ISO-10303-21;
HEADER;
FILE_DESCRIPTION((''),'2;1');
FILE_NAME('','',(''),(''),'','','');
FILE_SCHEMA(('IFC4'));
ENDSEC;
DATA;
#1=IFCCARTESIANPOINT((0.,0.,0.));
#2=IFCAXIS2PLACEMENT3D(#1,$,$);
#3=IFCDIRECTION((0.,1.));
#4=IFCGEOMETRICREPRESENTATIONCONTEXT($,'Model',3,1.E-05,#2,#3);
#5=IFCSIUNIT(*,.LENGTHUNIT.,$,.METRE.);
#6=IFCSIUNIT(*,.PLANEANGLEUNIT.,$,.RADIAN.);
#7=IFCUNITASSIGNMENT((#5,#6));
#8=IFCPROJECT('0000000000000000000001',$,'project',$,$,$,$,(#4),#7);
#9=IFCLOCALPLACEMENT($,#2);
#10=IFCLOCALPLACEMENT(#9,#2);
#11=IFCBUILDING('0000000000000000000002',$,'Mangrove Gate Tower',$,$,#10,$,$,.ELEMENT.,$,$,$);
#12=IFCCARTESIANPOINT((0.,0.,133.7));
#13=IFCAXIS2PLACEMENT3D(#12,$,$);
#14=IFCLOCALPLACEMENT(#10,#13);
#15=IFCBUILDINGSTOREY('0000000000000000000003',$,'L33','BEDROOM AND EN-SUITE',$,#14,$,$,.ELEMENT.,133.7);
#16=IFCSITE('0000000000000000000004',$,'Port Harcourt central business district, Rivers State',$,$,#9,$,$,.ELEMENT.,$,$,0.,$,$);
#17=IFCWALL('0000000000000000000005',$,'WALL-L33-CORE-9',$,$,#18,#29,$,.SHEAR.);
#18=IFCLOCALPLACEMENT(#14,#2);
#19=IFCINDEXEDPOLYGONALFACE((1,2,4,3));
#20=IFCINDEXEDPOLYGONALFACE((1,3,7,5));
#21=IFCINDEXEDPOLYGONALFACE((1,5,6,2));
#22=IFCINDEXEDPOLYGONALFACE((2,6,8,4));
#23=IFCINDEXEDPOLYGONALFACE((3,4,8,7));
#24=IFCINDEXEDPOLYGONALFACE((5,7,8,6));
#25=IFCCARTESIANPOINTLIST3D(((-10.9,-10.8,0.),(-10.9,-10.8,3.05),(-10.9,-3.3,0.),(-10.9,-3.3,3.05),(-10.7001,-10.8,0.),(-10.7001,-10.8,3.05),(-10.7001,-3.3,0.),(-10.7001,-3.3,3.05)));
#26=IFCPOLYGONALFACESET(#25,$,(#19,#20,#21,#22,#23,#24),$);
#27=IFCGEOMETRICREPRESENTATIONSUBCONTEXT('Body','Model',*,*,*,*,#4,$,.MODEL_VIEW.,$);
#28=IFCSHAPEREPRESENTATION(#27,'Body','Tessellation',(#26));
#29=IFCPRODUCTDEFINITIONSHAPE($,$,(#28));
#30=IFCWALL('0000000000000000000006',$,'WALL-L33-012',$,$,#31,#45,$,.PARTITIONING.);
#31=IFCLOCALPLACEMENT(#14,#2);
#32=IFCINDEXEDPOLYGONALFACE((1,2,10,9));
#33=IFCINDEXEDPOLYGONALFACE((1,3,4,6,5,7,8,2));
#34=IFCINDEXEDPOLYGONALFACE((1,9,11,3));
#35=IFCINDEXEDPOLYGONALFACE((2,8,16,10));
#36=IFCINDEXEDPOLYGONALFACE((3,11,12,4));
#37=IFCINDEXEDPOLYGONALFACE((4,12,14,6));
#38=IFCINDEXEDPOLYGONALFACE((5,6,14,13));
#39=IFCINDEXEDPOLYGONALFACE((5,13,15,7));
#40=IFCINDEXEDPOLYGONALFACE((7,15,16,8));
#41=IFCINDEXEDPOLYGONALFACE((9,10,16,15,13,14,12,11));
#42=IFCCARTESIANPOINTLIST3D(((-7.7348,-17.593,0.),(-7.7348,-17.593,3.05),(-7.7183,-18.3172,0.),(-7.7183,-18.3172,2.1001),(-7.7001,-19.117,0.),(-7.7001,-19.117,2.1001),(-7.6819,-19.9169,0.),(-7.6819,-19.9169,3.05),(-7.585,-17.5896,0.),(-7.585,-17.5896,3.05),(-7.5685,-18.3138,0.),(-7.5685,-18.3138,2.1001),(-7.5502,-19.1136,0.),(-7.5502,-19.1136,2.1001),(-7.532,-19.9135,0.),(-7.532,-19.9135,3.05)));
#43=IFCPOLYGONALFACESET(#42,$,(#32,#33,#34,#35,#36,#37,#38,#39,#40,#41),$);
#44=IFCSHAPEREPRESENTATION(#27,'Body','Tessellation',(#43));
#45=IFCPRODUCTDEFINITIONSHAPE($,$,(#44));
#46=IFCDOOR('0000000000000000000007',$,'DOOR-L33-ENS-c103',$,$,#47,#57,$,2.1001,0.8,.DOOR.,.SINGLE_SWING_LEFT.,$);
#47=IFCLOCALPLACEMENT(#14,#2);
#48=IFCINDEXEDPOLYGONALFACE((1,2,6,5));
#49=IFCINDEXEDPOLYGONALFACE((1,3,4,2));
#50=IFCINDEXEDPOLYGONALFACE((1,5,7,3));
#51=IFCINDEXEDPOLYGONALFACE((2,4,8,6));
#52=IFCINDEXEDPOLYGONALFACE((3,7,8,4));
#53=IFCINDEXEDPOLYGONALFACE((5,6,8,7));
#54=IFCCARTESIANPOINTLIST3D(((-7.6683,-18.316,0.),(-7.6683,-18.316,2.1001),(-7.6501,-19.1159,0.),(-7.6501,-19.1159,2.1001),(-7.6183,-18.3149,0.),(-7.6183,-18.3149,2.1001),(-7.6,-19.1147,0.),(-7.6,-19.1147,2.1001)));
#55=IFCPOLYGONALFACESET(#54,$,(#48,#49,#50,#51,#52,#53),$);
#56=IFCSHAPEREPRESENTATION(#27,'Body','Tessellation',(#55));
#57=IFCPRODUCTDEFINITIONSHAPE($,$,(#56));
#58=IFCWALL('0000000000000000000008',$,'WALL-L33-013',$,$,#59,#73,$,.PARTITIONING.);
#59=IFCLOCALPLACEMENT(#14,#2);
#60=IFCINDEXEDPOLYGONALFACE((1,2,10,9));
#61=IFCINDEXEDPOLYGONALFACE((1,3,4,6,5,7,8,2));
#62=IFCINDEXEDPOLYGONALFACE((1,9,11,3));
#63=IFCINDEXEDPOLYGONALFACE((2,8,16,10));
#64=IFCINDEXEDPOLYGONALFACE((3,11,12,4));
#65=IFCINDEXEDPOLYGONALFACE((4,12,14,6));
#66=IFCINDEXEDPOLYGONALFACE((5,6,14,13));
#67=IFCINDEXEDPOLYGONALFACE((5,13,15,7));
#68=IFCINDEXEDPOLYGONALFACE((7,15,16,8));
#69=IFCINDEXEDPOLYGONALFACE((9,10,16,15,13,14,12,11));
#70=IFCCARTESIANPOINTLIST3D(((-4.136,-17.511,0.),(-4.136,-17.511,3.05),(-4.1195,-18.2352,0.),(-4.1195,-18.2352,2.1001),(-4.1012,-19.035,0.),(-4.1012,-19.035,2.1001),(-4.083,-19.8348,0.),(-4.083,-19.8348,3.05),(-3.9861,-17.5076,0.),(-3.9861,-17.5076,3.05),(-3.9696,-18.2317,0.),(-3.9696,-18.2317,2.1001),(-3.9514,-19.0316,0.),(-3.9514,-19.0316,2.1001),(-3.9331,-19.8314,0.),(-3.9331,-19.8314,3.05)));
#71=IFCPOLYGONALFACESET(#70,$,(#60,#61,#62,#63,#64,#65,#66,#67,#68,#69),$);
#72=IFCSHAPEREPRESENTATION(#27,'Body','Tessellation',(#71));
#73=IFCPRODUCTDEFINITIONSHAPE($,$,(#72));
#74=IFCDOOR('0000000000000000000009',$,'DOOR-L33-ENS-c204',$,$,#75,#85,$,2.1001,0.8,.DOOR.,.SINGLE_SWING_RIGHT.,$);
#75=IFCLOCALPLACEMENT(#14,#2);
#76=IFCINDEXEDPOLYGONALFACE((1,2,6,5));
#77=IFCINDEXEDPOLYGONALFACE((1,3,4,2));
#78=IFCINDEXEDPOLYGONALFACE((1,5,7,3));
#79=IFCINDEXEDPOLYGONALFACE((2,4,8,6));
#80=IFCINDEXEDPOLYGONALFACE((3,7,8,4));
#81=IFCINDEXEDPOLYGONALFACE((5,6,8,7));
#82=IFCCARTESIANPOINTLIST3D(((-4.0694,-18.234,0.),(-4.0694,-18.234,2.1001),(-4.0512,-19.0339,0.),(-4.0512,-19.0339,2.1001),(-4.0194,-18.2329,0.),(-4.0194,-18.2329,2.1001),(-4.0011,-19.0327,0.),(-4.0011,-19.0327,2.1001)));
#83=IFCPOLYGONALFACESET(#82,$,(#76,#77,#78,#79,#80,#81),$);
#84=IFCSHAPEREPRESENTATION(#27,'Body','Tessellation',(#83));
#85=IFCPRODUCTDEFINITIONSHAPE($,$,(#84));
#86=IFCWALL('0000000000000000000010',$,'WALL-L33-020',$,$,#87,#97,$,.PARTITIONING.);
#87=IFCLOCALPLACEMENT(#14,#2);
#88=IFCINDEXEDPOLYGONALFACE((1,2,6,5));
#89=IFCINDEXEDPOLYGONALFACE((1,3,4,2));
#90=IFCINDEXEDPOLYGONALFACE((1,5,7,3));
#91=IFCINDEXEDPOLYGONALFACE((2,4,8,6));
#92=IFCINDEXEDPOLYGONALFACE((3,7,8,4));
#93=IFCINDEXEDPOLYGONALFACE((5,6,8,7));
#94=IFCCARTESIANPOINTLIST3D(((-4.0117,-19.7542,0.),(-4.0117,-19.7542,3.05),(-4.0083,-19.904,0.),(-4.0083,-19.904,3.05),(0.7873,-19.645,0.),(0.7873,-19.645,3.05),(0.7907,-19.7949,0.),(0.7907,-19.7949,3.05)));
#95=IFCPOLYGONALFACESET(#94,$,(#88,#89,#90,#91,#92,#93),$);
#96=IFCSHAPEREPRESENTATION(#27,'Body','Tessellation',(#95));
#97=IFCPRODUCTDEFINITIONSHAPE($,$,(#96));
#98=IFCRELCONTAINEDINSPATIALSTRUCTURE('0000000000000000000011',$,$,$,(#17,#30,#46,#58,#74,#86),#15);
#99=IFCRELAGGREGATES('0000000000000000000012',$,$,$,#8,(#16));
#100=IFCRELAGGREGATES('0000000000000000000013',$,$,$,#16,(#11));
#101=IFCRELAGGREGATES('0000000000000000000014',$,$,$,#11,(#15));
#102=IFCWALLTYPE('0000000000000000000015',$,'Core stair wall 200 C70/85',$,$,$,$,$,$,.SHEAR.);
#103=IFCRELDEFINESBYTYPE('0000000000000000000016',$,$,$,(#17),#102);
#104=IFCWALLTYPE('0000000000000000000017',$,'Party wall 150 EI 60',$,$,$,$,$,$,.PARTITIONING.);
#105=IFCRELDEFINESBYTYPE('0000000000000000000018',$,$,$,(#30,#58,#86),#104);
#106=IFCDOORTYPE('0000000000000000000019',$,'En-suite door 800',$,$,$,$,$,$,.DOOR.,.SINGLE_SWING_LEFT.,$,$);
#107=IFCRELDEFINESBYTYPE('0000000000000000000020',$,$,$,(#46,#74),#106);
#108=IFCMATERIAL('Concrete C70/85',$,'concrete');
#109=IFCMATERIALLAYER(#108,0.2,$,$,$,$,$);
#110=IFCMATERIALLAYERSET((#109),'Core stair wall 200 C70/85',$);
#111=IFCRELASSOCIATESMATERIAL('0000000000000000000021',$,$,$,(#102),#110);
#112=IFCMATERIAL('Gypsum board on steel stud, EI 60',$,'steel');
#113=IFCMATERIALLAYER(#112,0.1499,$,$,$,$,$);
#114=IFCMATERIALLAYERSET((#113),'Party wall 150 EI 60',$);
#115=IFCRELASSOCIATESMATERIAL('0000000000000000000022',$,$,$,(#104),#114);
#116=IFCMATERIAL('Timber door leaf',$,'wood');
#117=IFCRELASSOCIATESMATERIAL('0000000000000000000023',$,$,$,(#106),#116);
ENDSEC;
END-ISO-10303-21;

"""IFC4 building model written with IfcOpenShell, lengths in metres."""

from ifc_helpers import new_model, si_unit, direction, frame, frame_2d, origin, place, context, subcontext, project, spatial, rectangle, extrude, material, layer, layer_set, type_object, element, fill, save


model = new_model("IFC4")

# Units and contexts
model_context = context("Model", 3, precision=1e-05, world=origin(), true_north=direction((0.0, 1.0)))
body_context = subcontext(model_context, "Body", "Model", "MODEL_VIEW")
ifc_project = project(units=[si_unit("LENGTHUNIT", "METRE"), si_unit("PLANEANGLEUNIT", "RADIAN")], contexts=[model_context])

# Site, building, storey
site_placement = place(None, origin())
site = spatial("IfcSite", under=ifc_project, at=site_placement, Name="Port Harcourt central business district, Rivers State", CompositionType="ELEMENT", RefElevation=0.0)
building_placement = place(site_placement, origin())
building = spatial("IfcBuilding", under=site, at=building_placement, Name="Mangrove Gate Tower", CompositionType="ELEMENT")
storey_placement = place(building_placement, frame((0.0, 0.0, 133.7)))
storey = spatial("IfcBuildingStorey", under=building, at=storey_placement, Name="L33", Description="BEDROOM AND EN-SUITE", CompositionType="ELEMENT", Elevation=133.7)

# Wall
ifc_material_1 = material(Name="Concrete C70/85", Category="concrete")
ifc_layer_1 = layer(ifc_material_1, 0.2)
ifc_layer_set_1 = layer_set([ifc_layer_1], Name="Core stair wall 200 C70/85")
wall_type_1 = type_object("IfcWallType", Name="Core stair wall 200 C70/85", PredefinedType="SHEAR", material=ifc_layer_set_1)
wall_1_placement = place(storey_placement, frame((-10.8, -10.8, 0.0), z_axis=(0.0, 0.0, 1.0), x_axis=(0.0, 1.0, 0.0)))
element("IfcWall", 1, at=wall_1_placement, inside=storey, type_object=wall_type_1, Name="WALL-L33-CORE-9", PredefinedType="SHEAR", context=body_context, shape_type="SweptSolid", body=[
    extrude(rectangle(XDim=7.5, YDim=0.2, at=frame_2d((3.75, 0.0))), origin(), (0.0, 0.0, 1.0), 3.05),
])

# Walls, openings, doors
ifc_material_2 = material(Name="Gypsum board on steel stud, EI 60", Category="steel")
ifc_layer_2 = layer(ifc_material_2, 0.1499)
ifc_layer_set_2 = layer_set([ifc_layer_2], Name="Party wall 150 EI 60")
wall_type_2 = type_object("IfcWallType", Name="Party wall 150 EI 60", PredefinedType="PARTITIONING", material=ifc_layer_set_2)
wall_2_placement = place(storey_placement, frame((-7.6069, -19.915, 0.0), z_axis=(0.0, 0.0, 1.0), x_axis=(-0.022791, 0.99974, 0.0)))
wall_2 = element("IfcWall", 2, at=wall_2_placement, inside=storey, type_object=wall_type_2, Name="WALL-L33-012", PredefinedType="PARTITIONING", context=body_context, shape_type="SweptSolid", body=[
    extrude(rectangle(XDim=2.3245, YDim=0.1499, at=frame_2d((1.1621, 0.0))), origin(), (0.0, 0.0, 1.0), 3.05),
])
opening_1_placement = place(wall_2_placement, frame((0.8, 0.0, 0.0)))
opening_1 = element("IfcOpeningElement", 3, at=opening_1_placement, cuts=wall_2, PredefinedType="OPENING", context=body_context, shape_type="SweptSolid", body=[
    extrude(rectangle(XDim=0.8, YDim=2.1001, at=frame_2d((0.3999, 1.05))), frame((0.0, 0.085, 0.0), z_axis=(0.0, -1.0, 0.0), x_axis=(1.0, 0.0, 0.0)), (0.0, 0.0, 1.0), 0.1699),
])
ifc_material_3 = material(Name="Timber door leaf", Category="wood")
door_type = type_object("IfcDoorType", Name="En-suite door 800", OperationType="SINGLE_SWING_LEFT", PredefinedType="DOOR", material=ifc_material_3)
door_1_placement = place(opening_1_placement, origin())
door_1 = element("IfcDoor", 4, at=door_1_placement, inside=storey, type_object=door_type, Name="DOOR-L33-ENS-c103", OperationType="SINGLE_SWING_LEFT", OverallHeight=2.1001, OverallWidth=0.8, PredefinedType="DOOR", context=body_context, shape_type="SweptSolid", body=[
    extrude(rectangle(XDim=0.8, YDim=2.1001, at=frame_2d((0.3999, 1.05))), frame((0.0, 0.0249, 0.0), z_axis=(0.0, -1.0, 0.0), x_axis=(1.0, 0.0, 0.0)), (0.0, 0.0, 1.0), 0.05),
])
fill(opening_1, door_1)
wall_3_placement = place(storey_placement, frame((-4.0081, -19.833, 0.0), z_axis=(0.0, 0.0, 1.0), x_axis=(-0.022791, 0.99974, 0.0)))
wall_3 = element("IfcWall", 5, at=wall_3_placement, inside=storey, type_object=wall_type_2, Name="WALL-L33-013", PredefinedType="PARTITIONING", context=body_context, shape_type="SweptSolid", body=[
    extrude(rectangle(XDim=2.3245, YDim=0.1499, at=frame_2d((1.1621, 0.0))), origin(), (0.0, 0.0, 1.0), 3.05),
])
opening_2_placement = place(wall_3_placement, frame((0.8, 0.0, 0.0)))
opening_2 = element("IfcOpeningElement", 6, at=opening_2_placement, cuts=wall_3, PredefinedType="OPENING", context=body_context, shape_type="SweptSolid", body=[
    extrude(rectangle(XDim=0.8, YDim=2.1001, at=frame_2d((0.3999, 1.05))), frame((0.0, 0.085, 0.0), z_axis=(0.0, -1.0, 0.0), x_axis=(1.0, 0.0, 0.0)), (0.0, 0.0, 1.0), 0.1699),
])
door_2_placement = place(opening_2_placement, origin())
door_2 = element("IfcDoor", 7, at=door_2_placement, inside=storey, type_object=door_type, Name="DOOR-L33-ENS-c204", OperationType="SINGLE_SWING_RIGHT", OverallHeight=2.1001, OverallWidth=0.8, PredefinedType="DOOR", context=body_context, shape_type="SweptSolid", body=[
    extrude(rectangle(XDim=0.8, YDim=2.1001, at=frame_2d((0.3999, 1.05))), frame((0.0, 0.0249, 0.0), z_axis=(0.0, -1.0, 0.0), x_axis=(1.0, 0.0, 0.0)), (0.0, 0.0, 1.0), 0.05),
])
fill(opening_2, door_2)

# Wall
wall_4_placement = place(storey_placement, frame((-4.01, -19.8291, 0.0), z_axis=(0.0, 0.0, 1.0), x_axis=(0.999742, 0.022734, 0.0)))
element("IfcWall", 8, at=wall_4_placement, inside=storey, type_object=wall_type_2, Name="WALL-L33-020", PredefinedType="PARTITIONING", context=body_context, shape_type="SweptSolid", body=[
    extrude(rectangle(XDim=4.8003, YDim=0.1499, at=frame_2d((2.4001, 0.0))), origin(), (0.0, 0.0, 1.0), 3.05),
])

save(model, "model.ifc")
